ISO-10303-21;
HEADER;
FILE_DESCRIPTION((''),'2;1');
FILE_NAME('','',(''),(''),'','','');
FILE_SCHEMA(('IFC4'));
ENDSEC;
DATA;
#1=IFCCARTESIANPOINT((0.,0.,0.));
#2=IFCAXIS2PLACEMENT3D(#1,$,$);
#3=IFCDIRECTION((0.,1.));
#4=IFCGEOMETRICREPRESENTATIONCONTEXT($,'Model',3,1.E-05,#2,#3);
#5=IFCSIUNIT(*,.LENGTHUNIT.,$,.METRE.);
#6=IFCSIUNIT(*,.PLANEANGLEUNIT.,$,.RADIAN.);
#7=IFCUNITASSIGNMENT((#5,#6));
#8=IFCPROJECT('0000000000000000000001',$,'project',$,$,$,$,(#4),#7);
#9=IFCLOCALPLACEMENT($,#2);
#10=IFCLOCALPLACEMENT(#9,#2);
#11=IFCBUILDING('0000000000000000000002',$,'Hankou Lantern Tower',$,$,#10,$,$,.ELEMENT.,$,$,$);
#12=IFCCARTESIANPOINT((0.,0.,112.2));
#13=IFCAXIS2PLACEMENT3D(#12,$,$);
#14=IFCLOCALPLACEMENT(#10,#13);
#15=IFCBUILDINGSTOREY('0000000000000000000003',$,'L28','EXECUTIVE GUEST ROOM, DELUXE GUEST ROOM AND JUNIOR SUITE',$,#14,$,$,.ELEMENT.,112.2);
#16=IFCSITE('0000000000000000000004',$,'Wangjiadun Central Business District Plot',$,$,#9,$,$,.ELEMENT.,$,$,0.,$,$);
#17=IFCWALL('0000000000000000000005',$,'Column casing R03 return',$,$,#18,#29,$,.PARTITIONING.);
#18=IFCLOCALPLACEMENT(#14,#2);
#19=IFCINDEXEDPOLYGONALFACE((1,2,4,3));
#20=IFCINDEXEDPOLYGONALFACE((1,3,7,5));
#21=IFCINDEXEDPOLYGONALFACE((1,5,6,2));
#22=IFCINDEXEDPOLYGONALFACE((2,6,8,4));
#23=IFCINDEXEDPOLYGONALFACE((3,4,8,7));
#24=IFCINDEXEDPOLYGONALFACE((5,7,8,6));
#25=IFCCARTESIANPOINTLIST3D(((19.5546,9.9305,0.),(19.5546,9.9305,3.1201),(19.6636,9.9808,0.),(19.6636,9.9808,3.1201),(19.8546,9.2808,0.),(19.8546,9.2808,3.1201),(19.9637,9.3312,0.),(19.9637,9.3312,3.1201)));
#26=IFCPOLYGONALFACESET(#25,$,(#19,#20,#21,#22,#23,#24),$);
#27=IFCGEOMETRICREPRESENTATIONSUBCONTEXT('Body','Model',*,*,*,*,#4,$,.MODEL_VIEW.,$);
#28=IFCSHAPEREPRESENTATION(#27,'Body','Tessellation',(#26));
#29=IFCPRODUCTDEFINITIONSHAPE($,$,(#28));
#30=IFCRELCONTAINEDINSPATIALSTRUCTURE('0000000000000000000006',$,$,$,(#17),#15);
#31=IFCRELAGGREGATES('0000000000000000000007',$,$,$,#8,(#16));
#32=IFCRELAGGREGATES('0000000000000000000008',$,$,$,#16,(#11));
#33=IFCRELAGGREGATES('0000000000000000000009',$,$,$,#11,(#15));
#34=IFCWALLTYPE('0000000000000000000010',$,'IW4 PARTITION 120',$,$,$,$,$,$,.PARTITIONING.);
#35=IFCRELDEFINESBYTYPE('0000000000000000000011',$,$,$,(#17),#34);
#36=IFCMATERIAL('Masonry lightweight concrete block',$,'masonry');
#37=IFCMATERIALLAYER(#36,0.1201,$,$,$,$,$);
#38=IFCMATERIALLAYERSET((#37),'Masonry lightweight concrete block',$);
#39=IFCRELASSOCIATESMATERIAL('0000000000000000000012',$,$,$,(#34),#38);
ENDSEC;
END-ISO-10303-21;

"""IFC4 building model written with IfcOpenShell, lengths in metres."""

from ifc_helpers import new_model, si_unit, direction, frame, frame_2d, origin, place, context, subcontext, project, spatial, rectangle, extrude, material, layer, layer_set, type_object, element, save


model = new_model("IFC4")

# Units and contexts
model_context = context("Model", 3, precision=1e-05, world=origin(), true_north=direction((0.0, 1.0)))
body_context = subcontext(model_context, "Body", "Model", "MODEL_VIEW")
ifc_project = project(units=[si_unit("LENGTHUNIT", "METRE"), si_unit("PLANEANGLEUNIT", "RADIAN")], contexts=[model_context])

# Site, building, storey
site_placement = place(None, origin())
site = spatial("IfcSite", under=ifc_project, at=site_placement, Name="Wangjiadun Central Business District Plot", CompositionType="ELEMENT", RefElevation=0.0)
building_placement = place(site_placement, origin())
building = spatial("IfcBuilding", under=site, at=building_placement, Name="Hankou Lantern Tower", CompositionType="ELEMENT")
storey_placement = place(building_placement, frame((0.0, 0.0, 112.2)))
storey = spatial("IfcBuildingStorey", under=building, at=storey_placement, Name="L28", Description="EXECUTIVE GUEST ROOM, DELUXE GUEST ROOM AND JUNIOR SUITE", CompositionType="ELEMENT", Elevation=112.2)

# Wall
ifc_material_1 = material(Name="Masonry lightweight concrete block", Category="masonry")
ifc_layer_1 = layer(ifc_material_1, 0.1201)
ifc_layer_set_1 = layer_set([ifc_layer_1], Name="Masonry lightweight concrete block")
wall_type_1 = type_object("IfcWallType", Name="IW4 PARTITION 120", PredefinedType="PARTITIONING", material=ifc_layer_set_1)
wall_1_placement = place(storey_placement, frame((19.9092, 9.3059, 0.0), z_axis=(0.0, 0.0, 1.0), x_axis=(-0.419296, 0.90785, 0.0)))
element("IfcWall", 1, at=wall_1_placement, inside=storey, type_object=wall_type_1, Name="Column casing R03 return", PredefinedType="PARTITIONING", context=body_context, shape_type="SweptSolid", body=[
    extrude(rectangle(XDim=0.7156, YDim=0.1201, at=frame_2d((0.3579, 0.0))), origin(), (0.0, 0.0, 1.0), 3.1201),
])

save(model, "model.ifc")
